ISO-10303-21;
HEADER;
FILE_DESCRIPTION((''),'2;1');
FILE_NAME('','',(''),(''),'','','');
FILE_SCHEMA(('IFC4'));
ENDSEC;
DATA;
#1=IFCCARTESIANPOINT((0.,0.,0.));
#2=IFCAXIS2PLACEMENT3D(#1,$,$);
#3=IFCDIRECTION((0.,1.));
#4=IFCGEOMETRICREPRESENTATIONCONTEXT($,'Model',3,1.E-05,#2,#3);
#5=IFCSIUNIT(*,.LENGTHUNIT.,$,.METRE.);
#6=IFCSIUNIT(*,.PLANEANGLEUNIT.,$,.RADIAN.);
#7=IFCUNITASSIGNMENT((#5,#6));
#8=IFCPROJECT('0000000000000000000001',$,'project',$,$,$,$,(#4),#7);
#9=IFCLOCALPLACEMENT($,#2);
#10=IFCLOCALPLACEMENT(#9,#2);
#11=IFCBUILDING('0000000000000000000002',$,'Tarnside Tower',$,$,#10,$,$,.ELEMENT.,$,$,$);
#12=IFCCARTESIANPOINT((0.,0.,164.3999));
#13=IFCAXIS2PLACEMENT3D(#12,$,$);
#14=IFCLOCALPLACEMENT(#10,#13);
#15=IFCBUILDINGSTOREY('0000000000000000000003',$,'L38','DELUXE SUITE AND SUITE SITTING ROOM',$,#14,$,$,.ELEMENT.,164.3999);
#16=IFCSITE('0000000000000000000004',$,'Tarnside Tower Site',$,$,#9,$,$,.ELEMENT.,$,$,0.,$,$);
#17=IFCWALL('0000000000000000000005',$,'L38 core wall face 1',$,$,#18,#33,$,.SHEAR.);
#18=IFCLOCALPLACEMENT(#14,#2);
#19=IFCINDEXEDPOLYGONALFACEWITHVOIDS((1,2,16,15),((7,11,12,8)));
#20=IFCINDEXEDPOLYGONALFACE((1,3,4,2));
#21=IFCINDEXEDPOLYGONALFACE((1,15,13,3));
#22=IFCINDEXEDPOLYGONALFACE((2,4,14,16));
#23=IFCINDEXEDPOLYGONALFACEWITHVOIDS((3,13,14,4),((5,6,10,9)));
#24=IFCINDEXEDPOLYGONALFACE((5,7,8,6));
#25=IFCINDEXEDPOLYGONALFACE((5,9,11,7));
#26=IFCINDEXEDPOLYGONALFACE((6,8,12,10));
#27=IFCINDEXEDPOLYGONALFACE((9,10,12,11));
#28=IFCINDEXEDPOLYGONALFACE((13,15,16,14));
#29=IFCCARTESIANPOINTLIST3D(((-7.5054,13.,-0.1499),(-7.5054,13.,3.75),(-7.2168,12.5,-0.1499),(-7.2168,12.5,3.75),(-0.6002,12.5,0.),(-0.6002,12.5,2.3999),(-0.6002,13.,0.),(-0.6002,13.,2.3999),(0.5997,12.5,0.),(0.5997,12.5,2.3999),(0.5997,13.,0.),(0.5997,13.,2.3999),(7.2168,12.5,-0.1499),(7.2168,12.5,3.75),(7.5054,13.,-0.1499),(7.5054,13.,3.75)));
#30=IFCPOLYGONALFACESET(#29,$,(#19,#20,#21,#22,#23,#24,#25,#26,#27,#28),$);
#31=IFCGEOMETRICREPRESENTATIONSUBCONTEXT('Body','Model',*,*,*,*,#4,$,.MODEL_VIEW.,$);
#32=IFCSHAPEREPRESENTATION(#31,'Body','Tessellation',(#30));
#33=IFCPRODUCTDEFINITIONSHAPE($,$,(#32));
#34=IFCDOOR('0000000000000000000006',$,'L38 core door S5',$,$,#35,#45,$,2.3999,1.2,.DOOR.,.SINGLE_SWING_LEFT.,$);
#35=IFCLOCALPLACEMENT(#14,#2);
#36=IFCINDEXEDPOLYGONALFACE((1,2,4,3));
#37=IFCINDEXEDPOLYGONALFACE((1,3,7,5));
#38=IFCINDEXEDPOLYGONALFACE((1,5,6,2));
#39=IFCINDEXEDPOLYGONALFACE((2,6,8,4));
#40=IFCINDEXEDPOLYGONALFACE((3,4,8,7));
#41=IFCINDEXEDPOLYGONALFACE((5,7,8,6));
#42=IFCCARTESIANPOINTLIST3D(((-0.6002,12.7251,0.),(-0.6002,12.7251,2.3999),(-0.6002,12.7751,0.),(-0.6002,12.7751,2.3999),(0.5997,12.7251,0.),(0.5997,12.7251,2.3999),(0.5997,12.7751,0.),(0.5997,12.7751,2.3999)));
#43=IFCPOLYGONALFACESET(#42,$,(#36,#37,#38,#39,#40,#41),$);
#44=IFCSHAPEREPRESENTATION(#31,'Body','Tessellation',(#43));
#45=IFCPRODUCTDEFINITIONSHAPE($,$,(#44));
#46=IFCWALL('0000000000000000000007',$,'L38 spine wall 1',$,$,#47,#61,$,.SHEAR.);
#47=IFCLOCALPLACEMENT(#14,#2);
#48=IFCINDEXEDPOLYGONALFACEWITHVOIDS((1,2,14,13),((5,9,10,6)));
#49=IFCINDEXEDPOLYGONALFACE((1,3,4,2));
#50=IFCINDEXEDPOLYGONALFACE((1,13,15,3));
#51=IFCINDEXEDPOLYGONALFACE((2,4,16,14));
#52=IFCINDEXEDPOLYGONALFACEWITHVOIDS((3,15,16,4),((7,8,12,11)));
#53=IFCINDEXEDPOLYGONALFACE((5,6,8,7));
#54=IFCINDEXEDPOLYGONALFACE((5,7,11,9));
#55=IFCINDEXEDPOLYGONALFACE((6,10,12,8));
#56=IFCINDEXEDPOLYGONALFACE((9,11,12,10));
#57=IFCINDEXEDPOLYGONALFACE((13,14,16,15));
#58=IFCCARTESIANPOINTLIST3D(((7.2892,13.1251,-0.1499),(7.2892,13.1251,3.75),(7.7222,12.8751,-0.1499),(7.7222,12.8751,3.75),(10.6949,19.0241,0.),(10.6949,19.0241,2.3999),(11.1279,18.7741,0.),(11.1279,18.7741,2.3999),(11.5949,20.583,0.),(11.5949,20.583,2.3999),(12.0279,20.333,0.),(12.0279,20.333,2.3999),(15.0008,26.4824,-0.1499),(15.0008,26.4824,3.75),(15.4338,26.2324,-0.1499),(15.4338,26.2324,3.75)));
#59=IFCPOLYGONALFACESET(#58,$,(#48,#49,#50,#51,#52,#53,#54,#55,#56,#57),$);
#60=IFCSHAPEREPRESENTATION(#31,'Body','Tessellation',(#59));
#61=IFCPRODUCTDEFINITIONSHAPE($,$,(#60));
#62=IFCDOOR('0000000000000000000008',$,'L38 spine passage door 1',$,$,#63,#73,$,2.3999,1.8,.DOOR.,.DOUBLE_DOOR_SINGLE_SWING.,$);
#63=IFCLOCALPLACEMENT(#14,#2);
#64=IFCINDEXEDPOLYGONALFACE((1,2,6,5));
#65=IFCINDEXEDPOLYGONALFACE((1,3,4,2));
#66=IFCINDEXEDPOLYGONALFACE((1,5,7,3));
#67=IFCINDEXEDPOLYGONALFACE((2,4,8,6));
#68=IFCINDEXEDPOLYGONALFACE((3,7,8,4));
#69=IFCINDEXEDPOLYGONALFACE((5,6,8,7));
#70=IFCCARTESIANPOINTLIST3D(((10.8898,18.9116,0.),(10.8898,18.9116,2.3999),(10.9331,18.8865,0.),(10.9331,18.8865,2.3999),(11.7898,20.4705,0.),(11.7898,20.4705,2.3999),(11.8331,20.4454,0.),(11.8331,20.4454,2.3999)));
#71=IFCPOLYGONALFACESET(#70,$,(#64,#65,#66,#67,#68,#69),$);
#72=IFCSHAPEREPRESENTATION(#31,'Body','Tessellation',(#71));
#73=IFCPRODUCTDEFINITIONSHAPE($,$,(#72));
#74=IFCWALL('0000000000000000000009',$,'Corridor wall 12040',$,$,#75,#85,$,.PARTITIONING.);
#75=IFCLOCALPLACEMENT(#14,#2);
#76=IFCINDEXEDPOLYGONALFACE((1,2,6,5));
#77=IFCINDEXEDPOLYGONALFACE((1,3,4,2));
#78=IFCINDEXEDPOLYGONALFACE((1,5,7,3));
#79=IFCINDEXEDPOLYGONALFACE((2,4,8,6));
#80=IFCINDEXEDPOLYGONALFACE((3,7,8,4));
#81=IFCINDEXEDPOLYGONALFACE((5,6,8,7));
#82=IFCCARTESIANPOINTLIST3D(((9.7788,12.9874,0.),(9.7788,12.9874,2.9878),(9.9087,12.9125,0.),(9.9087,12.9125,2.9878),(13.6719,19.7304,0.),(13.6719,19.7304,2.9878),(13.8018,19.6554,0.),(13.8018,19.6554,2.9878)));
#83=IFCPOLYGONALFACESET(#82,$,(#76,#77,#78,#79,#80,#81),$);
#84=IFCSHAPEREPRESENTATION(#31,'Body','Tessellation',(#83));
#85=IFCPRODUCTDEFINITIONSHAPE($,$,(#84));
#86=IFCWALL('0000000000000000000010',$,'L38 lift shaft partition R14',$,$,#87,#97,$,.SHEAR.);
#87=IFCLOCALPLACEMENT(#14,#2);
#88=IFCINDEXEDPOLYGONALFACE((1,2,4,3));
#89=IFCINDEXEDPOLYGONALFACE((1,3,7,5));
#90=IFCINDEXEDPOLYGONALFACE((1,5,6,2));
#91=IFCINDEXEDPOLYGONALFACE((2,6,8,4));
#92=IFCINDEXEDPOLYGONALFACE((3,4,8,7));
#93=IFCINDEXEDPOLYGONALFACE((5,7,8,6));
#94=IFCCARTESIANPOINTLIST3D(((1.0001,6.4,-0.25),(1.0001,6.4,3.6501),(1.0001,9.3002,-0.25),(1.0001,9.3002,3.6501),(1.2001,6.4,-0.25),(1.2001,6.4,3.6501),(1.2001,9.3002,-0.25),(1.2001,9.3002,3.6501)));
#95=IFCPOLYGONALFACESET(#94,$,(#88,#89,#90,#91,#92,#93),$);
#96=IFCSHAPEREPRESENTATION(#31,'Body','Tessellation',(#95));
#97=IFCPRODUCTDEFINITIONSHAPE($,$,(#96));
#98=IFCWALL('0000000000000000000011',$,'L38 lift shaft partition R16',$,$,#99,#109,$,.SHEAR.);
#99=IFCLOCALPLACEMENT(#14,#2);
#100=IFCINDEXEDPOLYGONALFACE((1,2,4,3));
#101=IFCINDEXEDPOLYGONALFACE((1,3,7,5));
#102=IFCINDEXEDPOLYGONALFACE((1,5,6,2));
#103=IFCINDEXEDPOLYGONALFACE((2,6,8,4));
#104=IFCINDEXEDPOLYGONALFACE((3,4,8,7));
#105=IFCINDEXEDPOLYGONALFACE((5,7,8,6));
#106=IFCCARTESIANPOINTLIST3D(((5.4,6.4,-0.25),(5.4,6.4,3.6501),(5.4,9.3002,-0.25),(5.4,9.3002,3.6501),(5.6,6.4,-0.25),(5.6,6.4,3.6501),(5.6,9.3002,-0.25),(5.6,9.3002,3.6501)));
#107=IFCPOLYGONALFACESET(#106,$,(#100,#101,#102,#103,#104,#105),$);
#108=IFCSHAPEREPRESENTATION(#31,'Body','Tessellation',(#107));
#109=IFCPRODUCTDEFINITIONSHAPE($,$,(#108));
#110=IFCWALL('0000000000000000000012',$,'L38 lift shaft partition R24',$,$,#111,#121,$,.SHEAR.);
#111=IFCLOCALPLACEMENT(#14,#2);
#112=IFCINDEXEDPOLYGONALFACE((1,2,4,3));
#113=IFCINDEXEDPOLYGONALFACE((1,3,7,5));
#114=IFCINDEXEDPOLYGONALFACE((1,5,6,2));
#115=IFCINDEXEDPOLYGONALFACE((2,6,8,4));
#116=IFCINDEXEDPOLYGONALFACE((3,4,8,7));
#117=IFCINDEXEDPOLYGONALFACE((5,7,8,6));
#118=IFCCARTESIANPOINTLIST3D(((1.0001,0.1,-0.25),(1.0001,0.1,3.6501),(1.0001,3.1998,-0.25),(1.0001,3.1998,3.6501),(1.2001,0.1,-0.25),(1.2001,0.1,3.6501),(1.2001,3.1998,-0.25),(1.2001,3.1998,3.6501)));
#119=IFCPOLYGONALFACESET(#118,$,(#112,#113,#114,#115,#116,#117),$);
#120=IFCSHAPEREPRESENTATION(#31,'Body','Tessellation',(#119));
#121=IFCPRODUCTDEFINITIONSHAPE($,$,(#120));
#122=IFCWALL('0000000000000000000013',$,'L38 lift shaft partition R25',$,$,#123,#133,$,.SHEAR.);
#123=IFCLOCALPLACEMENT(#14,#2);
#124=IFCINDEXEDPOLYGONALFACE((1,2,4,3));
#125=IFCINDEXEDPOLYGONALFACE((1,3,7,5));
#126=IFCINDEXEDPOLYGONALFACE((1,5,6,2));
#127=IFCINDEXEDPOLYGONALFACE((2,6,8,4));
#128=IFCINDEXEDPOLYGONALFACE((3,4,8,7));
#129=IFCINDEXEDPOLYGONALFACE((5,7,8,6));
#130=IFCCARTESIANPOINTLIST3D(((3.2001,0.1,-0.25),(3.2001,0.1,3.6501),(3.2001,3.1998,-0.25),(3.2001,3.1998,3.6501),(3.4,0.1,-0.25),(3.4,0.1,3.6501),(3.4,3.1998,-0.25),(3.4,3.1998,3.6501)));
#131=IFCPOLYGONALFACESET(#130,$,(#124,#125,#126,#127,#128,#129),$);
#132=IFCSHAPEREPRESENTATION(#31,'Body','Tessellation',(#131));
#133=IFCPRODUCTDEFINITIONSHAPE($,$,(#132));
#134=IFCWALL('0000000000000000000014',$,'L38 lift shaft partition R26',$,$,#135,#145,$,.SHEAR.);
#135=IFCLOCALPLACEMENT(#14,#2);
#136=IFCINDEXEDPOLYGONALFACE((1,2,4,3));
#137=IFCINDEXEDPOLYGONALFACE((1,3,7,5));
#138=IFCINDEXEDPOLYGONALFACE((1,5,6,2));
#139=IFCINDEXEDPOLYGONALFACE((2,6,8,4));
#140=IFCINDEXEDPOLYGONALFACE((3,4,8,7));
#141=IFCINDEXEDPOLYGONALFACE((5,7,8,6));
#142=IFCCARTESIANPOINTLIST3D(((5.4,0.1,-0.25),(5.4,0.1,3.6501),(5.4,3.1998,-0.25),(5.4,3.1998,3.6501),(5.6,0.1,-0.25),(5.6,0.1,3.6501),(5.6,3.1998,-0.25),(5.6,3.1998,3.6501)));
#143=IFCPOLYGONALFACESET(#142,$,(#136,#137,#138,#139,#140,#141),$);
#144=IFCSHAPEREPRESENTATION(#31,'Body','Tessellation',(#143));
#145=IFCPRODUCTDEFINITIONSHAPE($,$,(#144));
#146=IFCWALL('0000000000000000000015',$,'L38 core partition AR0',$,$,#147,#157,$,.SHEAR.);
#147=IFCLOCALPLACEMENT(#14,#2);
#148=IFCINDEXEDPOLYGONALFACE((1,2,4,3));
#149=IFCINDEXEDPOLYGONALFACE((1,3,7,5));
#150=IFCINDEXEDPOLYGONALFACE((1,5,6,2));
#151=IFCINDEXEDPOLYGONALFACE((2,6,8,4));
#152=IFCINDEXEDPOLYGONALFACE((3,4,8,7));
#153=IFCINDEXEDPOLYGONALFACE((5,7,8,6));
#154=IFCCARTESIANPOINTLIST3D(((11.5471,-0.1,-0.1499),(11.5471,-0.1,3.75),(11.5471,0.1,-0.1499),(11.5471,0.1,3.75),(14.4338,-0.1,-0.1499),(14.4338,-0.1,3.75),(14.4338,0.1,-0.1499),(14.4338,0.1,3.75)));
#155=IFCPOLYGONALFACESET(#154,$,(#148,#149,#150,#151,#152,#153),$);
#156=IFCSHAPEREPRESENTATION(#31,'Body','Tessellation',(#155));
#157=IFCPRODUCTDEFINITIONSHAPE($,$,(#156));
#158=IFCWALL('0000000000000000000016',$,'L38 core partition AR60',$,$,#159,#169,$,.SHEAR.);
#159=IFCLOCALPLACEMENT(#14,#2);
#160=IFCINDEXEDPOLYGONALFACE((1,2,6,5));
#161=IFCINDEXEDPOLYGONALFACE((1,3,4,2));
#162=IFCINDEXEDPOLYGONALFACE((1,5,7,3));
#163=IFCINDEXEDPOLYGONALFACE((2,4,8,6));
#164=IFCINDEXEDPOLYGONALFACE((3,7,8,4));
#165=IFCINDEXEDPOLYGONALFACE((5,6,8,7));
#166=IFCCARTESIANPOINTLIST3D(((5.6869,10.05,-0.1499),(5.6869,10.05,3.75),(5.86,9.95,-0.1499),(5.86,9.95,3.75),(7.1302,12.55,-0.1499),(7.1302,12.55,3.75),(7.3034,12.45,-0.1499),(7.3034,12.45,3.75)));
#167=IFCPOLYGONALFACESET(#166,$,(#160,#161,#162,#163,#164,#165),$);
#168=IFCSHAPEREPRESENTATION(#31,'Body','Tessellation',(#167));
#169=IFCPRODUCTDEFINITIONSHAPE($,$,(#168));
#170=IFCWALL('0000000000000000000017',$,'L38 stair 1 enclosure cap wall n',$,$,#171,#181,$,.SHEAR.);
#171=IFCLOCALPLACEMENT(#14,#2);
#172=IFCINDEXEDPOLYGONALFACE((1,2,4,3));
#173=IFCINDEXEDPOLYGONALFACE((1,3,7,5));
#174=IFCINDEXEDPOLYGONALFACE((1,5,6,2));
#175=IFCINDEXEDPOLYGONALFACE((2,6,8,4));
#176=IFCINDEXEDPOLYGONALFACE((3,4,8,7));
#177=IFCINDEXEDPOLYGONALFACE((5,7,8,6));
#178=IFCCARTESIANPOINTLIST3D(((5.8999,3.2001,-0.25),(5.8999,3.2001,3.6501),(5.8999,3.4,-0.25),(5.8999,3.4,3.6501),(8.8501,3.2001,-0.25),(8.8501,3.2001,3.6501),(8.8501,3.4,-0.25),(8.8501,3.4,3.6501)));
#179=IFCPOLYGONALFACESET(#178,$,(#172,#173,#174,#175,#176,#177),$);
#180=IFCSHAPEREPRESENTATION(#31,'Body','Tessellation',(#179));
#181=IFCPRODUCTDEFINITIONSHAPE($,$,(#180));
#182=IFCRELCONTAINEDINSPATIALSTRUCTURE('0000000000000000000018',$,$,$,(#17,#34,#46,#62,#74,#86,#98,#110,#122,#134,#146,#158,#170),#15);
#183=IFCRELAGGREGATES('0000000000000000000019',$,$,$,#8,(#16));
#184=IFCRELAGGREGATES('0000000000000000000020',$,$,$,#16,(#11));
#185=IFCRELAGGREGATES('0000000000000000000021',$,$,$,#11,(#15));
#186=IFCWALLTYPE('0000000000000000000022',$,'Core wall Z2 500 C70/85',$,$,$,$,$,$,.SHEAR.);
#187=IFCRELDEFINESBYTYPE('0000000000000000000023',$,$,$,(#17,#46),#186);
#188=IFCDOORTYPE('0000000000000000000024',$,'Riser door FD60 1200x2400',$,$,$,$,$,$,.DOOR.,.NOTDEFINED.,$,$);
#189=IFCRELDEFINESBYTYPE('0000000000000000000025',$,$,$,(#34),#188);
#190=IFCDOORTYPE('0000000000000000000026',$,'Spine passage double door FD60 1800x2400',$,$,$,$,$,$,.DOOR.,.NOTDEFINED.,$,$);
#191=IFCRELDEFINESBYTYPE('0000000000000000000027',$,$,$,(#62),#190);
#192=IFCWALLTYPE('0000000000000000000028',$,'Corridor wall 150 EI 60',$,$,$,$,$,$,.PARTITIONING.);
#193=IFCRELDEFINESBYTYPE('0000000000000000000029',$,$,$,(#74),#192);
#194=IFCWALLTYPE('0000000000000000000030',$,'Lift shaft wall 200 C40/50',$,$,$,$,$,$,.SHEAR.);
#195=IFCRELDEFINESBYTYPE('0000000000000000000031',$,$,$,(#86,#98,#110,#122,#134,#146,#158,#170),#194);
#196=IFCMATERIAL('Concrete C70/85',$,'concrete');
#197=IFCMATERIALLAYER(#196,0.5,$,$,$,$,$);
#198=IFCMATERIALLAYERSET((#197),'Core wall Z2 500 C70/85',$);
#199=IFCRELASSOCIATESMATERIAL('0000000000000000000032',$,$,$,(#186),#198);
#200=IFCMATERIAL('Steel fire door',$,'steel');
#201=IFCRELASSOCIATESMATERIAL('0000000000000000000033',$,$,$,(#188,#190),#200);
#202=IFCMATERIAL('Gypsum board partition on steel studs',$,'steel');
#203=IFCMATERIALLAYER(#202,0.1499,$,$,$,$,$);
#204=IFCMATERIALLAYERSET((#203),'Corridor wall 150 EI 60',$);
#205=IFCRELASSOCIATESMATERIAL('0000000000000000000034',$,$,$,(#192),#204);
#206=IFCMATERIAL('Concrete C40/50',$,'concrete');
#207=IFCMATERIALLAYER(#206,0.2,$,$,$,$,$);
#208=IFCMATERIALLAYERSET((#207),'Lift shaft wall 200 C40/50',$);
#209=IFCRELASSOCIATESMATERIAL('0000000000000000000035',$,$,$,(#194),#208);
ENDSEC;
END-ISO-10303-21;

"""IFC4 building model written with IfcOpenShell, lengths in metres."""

from ifc_helpers import new_model, si_unit, direction, frame, frame_2d, origin, place, context, subcontext, project, spatial, polyline, rectangle, outline, extrude, material, layer, layer_set, type_object, element, fill, save


model = new_model("IFC4")

# Units and contexts
model_context = context("Model", 3, precision=1e-05, world=origin(), true_north=direction((0.0, 1.0)))
body_context = subcontext(model_context, "Body", "Model", "MODEL_VIEW")
ifc_project = project(units=[si_unit("LENGTHUNIT", "METRE"), si_unit("PLANEANGLEUNIT", "RADIAN")], contexts=[model_context])

# Site, building, storey
site_placement = place(None, origin())
site = spatial("IfcSite", under=ifc_project, at=site_placement, Name="Tarnside Tower Site", CompositionType="ELEMENT", RefElevation=0.0)
building_placement = place(site_placement, origin())
building = spatial("IfcBuilding", under=site, at=building_placement, Name="Tarnside Tower", CompositionType="ELEMENT")
storey_placement = place(building_placement, frame((0.0, 0.0, 164.3999)))
storey = spatial("IfcBuildingStorey", under=building, at=storey_placement, Name="L38", Description="DELUXE SUITE AND SUITE SITTING ROOM", CompositionType="ELEMENT", Elevation=164.3999)

# Shared definitions
ifc_material_1 = material(Name="Concrete C40/50", Category="concrete")

# Shared definitions
ifc_material_2 = material(Name="Gypsum board partition on steel studs", Category="steel")

# Shared definitions
ifc_material_3 = material(Name="Steel fire door", Category="steel")

# Walls, openings, doors
ifc_material_4 = material(Name="Concrete C70/85", Category="concrete")
ifc_layer_1 = layer(ifc_material_4, 0.5)
ifc_layer_set_1 = layer_set([ifc_layer_1], Name="Core wall Z2 500 C70/85")
wall_type_1 = type_object("IfcWallType", Name="Core wall Z2 500 C70/85", PredefinedType="SHEAR", material=ifc_layer_set_1)
wall_1_placement = place(storey_placement, frame((7.3611, 12.75, -0.1499), z_axis=(0.0, 0.0, 1.0), x_axis=(-1.0, 0.0, 0.0)))
wall_1 = element("IfcWall", 1, at=wall_1_placement, inside=storey, type_object=wall_type_1, Name="L38 core wall face 1", PredefinedType="SHEAR", context=body_context, shape_type="SweptSolid", body=[
    extrude(outline(polyline([(-0.1443, -0.25), (14.8665, -0.25), (14.5779, 0.25), (0.1443, 0.25), (-0.1443, -0.25)])), origin(), (0.0, 0.0, 1.0), 3.8999),
])
opening_1_placement = place(wall_1_placement, frame((6.7612, 0.0, 0.1499)))
opening_1 = element("IfcOpeningElement", 2, at=opening_1_placement, cuts=wall_1, PredefinedType="OPENING", context=body_context, shape_type="SweptSolid", body=[
    extrude(rectangle(XDim=1.2, YDim=2.3999, at=frame_2d((0.6001, 1.2))), frame((0.0, 0.26, 0.0), z_axis=(0.0, -1.0, 0.0), x_axis=(1.0, 0.0, 0.0)), (0.0, 0.0, 1.0), 0.52),
])
door_type_1 = type_object("IfcDoorType", Name="Riser door FD60 1200x2400", OperationType="NOTDEFINED", PredefinedType="DOOR", material=ifc_material_3)
door_1_placement = place(opening_1_placement, origin())
door_1 = element("IfcDoor", 3, at=door_1_placement, inside=storey, type_object=door_type_1, Name="L38 core door S5", OperationType="SINGLE_SWING_LEFT", OverallHeight=2.3999, OverallWidth=1.2, PredefinedType="DOOR", context=body_context, shape_type="SweptSolid", body=[
    extrude(rectangle(XDim=1.2, YDim=2.3999, at=frame_2d((0.6001, 1.2))), frame((0.0, 0.0249, 0.0), z_axis=(0.0, -1.0, 0.0), x_axis=(1.0, 0.0, 0.0)), (0.0, 0.0, 1.0), 0.05),
])
fill(opening_1, door_1)
wall_2_placement = place(storey_placement, frame((7.5056, 13.0, -0.1499), z_axis=(0.0, 0.0, 1.0), x_axis=(0.499988, 0.866032, 0.0)))
wall_2 = element("IfcWall", 4, at=wall_2_placement, inside=storey, type_object=wall_type_1, Name="L38 spine wall 1", PredefinedType="SHEAR", context=body_context, shape_type="SweptSolid", body=[
    extrude(rectangle(XDim=15.4236, YDim=0.5, at=frame_2d((7.7119, 0.0))), origin(), (0.0, 0.0, 1.0), 3.8999),
])
opening_2_placement = place(wall_2_placement, frame((6.8118, 0.0, 0.1499)))
opening_2 = element("IfcOpeningElement", 5, at=opening_2_placement, cuts=wall_2, PredefinedType="OPENING", context=body_context, shape_type="SweptSolid", body=[
    extrude(rectangle(XDim=1.8, YDim=2.3999, at=frame_2d((0.8999, 1.2))), frame((0.0, 0.26, 0.0), z_axis=(0.0, -1.0, 0.0), x_axis=(1.0, 0.0, 0.0)), (0.0, 0.0, 1.0), 0.52),
])
door_type_2 = type_object("IfcDoorType", Name="Spine passage double door FD60 1800x2400", OperationType="NOTDEFINED", PredefinedType="DOOR", material=ifc_material_3)
door_2_placement = place(opening_2_placement, origin())
door_2 = element("IfcDoor", 6, at=door_2_placement, inside=storey, type_object=door_type_2, Name="L38 spine passage door 1", OperationType="DOUBLE_DOOR_SINGLE_SWING", OverallHeight=2.3999, OverallWidth=1.8, PredefinedType="DOOR", context=body_context, shape_type="SweptSolid", body=[
    extrude(rectangle(XDim=1.8, YDim=2.3999, at=frame_2d((0.8999, 1.2))), frame((0.0, 0.0249, 0.0), z_axis=(0.0, -1.0, 0.0), x_axis=(1.0, 0.0, 0.0)), (0.0, 0.0, 1.0), 0.05),
])
fill(opening_2, door_2)

# Walls
ifc_layer_2 = layer(ifc_material_2, 0.1499)
ifc_layer_set_2 = layer_set([ifc_layer_2], Name="Corridor wall 150 EI 60")
wall_type_2 = type_object("IfcWallType", Name="Corridor wall 150 EI 60", PredefinedType="PARTITIONING", material=ifc_layer_set_2)
wall_3_placement = place(storey_placement, frame((9.8438, 12.95, 0.0), z_axis=(0.0, 0.0, 1.0), x_axis=(0.500004, 0.866023, 0.0)))
element("IfcWall", 7, at=wall_3_placement, inside=storey, type_object=wall_type_2, Name="Corridor wall 12040", PredefinedType="PARTITIONING", context=body_context, shape_type="SweptSolid", body=[
    extrude(rectangle(XDim=7.7861, YDim=0.1499, at=frame_2d((3.8931, 0.0))), origin(), (0.0, 0.0, 1.0), 2.9878),
])
ifc_layer_3 = layer(ifc_material_1, 0.2)
ifc_layer_set_3 = layer_set([ifc_layer_3], Name="Lift shaft wall 200 C40/50")
wall_type_3 = type_object("IfcWallType", Name="Lift shaft wall 200 C40/50", PredefinedType="SHEAR", material=ifc_layer_set_3)
for number, where, z_axis, x_axis, name in (
    (8, (1.1001, 6.3999, -0.25), (0.0, 0.0, 1.0), (0.0, 1.0, 0.0), "L38 lift shaft partition R14"),
    (9, (5.5, 6.3999, -0.25), (0.0, 0.0, 1.0), (0.0, 1.0, 0.0), "L38 lift shaft partition R16"),
):
    element("IfcWall", number, at=place(storey_placement, frame(where, z_axis=z_axis, x_axis=x_axis)), inside=storey, type_object=wall_type_3, Name=name, PredefinedType="SHEAR", context=body_context, shape_type="SweptSolid", body=[
        extrude(rectangle(XDim=2.9001, YDim=0.2, at=frame_2d((1.4502, 0.0))), origin(), (0.0, 0.0, 1.0), 3.9001),
    ])
for number, where, z_axis, x_axis, name in (
    (10, (1.1001, 0.1001, -0.25), (0.0, 0.0, 1.0), (0.0, 1.0, 0.0), "L38 lift shaft partition R24"),
    (11, (3.3, 0.1001, -0.25), (0.0, 0.0, 1.0), (0.0, 1.0, 0.0), "L38 lift shaft partition R25"),
    (12, (5.5, 0.1001, -0.25), (0.0, 0.0, 1.0), (0.0, 1.0, 0.0), "L38 lift shaft partition R26"),
):
    element("IfcWall", number, at=place(storey_placement, frame(where, z_axis=z_axis, x_axis=x_axis)), inside=storey, type_object=wall_type_3, Name=name, PredefinedType="SHEAR", context=body_context, shape_type="SweptSolid", body=[
        extrude(rectangle(XDim=3.0999, YDim=0.2, at=frame_2d((1.5498, 0.0))), origin(), (0.0, 0.0, 1.0), 3.9001),
    ])
for number, where, z_axis, x_axis, name in (
    (13, (11.5471, 0.0, -0.1499), (0.0, 0.0, 1.0), (1.0, 0.0, 0.0), "L38 core partition AR0"),
    (14, (5.7734, 10.0, -0.1499), (0.0, 0.0, 1.0), (0.499996, 0.866028, 0.0), "L38 core partition AR60"),
):
    element("IfcWall", number, at=place(storey_placement, frame(where, z_axis=z_axis, x_axis=x_axis)), inside=storey, type_object=wall_type_3, Name=name, PredefinedType="SHEAR", context=body_context, shape_type="SweptSolid", body=[
        extrude(rectangle(XDim=2.8867, YDim=0.2, at=frame_2d((1.4434, 0.0))), origin(), (0.0, 0.0, 1.0), 3.8999),
    ])
wall_4_placement = place(storey_placement, frame((5.8999, 3.3, -0.25), z_axis=(0.0, 0.0, 1.0), x_axis=(1.0, 0.0, 0.0)))
element("IfcWall", 15, at=wall_4_placement, inside=storey, type_object=wall_type_3, Name="L38 stair 1 enclosure cap wall n", PredefinedType="SHEAR", context=body_context, shape_type="SweptSolid", body=[
    extrude(rectangle(XDim=2.9502, YDim=0.2, at=frame_2d((1.4751, 0.0))), origin(), (0.0, 0.0, 1.0), 3.9001),
])

save(model, "model.ifc")
